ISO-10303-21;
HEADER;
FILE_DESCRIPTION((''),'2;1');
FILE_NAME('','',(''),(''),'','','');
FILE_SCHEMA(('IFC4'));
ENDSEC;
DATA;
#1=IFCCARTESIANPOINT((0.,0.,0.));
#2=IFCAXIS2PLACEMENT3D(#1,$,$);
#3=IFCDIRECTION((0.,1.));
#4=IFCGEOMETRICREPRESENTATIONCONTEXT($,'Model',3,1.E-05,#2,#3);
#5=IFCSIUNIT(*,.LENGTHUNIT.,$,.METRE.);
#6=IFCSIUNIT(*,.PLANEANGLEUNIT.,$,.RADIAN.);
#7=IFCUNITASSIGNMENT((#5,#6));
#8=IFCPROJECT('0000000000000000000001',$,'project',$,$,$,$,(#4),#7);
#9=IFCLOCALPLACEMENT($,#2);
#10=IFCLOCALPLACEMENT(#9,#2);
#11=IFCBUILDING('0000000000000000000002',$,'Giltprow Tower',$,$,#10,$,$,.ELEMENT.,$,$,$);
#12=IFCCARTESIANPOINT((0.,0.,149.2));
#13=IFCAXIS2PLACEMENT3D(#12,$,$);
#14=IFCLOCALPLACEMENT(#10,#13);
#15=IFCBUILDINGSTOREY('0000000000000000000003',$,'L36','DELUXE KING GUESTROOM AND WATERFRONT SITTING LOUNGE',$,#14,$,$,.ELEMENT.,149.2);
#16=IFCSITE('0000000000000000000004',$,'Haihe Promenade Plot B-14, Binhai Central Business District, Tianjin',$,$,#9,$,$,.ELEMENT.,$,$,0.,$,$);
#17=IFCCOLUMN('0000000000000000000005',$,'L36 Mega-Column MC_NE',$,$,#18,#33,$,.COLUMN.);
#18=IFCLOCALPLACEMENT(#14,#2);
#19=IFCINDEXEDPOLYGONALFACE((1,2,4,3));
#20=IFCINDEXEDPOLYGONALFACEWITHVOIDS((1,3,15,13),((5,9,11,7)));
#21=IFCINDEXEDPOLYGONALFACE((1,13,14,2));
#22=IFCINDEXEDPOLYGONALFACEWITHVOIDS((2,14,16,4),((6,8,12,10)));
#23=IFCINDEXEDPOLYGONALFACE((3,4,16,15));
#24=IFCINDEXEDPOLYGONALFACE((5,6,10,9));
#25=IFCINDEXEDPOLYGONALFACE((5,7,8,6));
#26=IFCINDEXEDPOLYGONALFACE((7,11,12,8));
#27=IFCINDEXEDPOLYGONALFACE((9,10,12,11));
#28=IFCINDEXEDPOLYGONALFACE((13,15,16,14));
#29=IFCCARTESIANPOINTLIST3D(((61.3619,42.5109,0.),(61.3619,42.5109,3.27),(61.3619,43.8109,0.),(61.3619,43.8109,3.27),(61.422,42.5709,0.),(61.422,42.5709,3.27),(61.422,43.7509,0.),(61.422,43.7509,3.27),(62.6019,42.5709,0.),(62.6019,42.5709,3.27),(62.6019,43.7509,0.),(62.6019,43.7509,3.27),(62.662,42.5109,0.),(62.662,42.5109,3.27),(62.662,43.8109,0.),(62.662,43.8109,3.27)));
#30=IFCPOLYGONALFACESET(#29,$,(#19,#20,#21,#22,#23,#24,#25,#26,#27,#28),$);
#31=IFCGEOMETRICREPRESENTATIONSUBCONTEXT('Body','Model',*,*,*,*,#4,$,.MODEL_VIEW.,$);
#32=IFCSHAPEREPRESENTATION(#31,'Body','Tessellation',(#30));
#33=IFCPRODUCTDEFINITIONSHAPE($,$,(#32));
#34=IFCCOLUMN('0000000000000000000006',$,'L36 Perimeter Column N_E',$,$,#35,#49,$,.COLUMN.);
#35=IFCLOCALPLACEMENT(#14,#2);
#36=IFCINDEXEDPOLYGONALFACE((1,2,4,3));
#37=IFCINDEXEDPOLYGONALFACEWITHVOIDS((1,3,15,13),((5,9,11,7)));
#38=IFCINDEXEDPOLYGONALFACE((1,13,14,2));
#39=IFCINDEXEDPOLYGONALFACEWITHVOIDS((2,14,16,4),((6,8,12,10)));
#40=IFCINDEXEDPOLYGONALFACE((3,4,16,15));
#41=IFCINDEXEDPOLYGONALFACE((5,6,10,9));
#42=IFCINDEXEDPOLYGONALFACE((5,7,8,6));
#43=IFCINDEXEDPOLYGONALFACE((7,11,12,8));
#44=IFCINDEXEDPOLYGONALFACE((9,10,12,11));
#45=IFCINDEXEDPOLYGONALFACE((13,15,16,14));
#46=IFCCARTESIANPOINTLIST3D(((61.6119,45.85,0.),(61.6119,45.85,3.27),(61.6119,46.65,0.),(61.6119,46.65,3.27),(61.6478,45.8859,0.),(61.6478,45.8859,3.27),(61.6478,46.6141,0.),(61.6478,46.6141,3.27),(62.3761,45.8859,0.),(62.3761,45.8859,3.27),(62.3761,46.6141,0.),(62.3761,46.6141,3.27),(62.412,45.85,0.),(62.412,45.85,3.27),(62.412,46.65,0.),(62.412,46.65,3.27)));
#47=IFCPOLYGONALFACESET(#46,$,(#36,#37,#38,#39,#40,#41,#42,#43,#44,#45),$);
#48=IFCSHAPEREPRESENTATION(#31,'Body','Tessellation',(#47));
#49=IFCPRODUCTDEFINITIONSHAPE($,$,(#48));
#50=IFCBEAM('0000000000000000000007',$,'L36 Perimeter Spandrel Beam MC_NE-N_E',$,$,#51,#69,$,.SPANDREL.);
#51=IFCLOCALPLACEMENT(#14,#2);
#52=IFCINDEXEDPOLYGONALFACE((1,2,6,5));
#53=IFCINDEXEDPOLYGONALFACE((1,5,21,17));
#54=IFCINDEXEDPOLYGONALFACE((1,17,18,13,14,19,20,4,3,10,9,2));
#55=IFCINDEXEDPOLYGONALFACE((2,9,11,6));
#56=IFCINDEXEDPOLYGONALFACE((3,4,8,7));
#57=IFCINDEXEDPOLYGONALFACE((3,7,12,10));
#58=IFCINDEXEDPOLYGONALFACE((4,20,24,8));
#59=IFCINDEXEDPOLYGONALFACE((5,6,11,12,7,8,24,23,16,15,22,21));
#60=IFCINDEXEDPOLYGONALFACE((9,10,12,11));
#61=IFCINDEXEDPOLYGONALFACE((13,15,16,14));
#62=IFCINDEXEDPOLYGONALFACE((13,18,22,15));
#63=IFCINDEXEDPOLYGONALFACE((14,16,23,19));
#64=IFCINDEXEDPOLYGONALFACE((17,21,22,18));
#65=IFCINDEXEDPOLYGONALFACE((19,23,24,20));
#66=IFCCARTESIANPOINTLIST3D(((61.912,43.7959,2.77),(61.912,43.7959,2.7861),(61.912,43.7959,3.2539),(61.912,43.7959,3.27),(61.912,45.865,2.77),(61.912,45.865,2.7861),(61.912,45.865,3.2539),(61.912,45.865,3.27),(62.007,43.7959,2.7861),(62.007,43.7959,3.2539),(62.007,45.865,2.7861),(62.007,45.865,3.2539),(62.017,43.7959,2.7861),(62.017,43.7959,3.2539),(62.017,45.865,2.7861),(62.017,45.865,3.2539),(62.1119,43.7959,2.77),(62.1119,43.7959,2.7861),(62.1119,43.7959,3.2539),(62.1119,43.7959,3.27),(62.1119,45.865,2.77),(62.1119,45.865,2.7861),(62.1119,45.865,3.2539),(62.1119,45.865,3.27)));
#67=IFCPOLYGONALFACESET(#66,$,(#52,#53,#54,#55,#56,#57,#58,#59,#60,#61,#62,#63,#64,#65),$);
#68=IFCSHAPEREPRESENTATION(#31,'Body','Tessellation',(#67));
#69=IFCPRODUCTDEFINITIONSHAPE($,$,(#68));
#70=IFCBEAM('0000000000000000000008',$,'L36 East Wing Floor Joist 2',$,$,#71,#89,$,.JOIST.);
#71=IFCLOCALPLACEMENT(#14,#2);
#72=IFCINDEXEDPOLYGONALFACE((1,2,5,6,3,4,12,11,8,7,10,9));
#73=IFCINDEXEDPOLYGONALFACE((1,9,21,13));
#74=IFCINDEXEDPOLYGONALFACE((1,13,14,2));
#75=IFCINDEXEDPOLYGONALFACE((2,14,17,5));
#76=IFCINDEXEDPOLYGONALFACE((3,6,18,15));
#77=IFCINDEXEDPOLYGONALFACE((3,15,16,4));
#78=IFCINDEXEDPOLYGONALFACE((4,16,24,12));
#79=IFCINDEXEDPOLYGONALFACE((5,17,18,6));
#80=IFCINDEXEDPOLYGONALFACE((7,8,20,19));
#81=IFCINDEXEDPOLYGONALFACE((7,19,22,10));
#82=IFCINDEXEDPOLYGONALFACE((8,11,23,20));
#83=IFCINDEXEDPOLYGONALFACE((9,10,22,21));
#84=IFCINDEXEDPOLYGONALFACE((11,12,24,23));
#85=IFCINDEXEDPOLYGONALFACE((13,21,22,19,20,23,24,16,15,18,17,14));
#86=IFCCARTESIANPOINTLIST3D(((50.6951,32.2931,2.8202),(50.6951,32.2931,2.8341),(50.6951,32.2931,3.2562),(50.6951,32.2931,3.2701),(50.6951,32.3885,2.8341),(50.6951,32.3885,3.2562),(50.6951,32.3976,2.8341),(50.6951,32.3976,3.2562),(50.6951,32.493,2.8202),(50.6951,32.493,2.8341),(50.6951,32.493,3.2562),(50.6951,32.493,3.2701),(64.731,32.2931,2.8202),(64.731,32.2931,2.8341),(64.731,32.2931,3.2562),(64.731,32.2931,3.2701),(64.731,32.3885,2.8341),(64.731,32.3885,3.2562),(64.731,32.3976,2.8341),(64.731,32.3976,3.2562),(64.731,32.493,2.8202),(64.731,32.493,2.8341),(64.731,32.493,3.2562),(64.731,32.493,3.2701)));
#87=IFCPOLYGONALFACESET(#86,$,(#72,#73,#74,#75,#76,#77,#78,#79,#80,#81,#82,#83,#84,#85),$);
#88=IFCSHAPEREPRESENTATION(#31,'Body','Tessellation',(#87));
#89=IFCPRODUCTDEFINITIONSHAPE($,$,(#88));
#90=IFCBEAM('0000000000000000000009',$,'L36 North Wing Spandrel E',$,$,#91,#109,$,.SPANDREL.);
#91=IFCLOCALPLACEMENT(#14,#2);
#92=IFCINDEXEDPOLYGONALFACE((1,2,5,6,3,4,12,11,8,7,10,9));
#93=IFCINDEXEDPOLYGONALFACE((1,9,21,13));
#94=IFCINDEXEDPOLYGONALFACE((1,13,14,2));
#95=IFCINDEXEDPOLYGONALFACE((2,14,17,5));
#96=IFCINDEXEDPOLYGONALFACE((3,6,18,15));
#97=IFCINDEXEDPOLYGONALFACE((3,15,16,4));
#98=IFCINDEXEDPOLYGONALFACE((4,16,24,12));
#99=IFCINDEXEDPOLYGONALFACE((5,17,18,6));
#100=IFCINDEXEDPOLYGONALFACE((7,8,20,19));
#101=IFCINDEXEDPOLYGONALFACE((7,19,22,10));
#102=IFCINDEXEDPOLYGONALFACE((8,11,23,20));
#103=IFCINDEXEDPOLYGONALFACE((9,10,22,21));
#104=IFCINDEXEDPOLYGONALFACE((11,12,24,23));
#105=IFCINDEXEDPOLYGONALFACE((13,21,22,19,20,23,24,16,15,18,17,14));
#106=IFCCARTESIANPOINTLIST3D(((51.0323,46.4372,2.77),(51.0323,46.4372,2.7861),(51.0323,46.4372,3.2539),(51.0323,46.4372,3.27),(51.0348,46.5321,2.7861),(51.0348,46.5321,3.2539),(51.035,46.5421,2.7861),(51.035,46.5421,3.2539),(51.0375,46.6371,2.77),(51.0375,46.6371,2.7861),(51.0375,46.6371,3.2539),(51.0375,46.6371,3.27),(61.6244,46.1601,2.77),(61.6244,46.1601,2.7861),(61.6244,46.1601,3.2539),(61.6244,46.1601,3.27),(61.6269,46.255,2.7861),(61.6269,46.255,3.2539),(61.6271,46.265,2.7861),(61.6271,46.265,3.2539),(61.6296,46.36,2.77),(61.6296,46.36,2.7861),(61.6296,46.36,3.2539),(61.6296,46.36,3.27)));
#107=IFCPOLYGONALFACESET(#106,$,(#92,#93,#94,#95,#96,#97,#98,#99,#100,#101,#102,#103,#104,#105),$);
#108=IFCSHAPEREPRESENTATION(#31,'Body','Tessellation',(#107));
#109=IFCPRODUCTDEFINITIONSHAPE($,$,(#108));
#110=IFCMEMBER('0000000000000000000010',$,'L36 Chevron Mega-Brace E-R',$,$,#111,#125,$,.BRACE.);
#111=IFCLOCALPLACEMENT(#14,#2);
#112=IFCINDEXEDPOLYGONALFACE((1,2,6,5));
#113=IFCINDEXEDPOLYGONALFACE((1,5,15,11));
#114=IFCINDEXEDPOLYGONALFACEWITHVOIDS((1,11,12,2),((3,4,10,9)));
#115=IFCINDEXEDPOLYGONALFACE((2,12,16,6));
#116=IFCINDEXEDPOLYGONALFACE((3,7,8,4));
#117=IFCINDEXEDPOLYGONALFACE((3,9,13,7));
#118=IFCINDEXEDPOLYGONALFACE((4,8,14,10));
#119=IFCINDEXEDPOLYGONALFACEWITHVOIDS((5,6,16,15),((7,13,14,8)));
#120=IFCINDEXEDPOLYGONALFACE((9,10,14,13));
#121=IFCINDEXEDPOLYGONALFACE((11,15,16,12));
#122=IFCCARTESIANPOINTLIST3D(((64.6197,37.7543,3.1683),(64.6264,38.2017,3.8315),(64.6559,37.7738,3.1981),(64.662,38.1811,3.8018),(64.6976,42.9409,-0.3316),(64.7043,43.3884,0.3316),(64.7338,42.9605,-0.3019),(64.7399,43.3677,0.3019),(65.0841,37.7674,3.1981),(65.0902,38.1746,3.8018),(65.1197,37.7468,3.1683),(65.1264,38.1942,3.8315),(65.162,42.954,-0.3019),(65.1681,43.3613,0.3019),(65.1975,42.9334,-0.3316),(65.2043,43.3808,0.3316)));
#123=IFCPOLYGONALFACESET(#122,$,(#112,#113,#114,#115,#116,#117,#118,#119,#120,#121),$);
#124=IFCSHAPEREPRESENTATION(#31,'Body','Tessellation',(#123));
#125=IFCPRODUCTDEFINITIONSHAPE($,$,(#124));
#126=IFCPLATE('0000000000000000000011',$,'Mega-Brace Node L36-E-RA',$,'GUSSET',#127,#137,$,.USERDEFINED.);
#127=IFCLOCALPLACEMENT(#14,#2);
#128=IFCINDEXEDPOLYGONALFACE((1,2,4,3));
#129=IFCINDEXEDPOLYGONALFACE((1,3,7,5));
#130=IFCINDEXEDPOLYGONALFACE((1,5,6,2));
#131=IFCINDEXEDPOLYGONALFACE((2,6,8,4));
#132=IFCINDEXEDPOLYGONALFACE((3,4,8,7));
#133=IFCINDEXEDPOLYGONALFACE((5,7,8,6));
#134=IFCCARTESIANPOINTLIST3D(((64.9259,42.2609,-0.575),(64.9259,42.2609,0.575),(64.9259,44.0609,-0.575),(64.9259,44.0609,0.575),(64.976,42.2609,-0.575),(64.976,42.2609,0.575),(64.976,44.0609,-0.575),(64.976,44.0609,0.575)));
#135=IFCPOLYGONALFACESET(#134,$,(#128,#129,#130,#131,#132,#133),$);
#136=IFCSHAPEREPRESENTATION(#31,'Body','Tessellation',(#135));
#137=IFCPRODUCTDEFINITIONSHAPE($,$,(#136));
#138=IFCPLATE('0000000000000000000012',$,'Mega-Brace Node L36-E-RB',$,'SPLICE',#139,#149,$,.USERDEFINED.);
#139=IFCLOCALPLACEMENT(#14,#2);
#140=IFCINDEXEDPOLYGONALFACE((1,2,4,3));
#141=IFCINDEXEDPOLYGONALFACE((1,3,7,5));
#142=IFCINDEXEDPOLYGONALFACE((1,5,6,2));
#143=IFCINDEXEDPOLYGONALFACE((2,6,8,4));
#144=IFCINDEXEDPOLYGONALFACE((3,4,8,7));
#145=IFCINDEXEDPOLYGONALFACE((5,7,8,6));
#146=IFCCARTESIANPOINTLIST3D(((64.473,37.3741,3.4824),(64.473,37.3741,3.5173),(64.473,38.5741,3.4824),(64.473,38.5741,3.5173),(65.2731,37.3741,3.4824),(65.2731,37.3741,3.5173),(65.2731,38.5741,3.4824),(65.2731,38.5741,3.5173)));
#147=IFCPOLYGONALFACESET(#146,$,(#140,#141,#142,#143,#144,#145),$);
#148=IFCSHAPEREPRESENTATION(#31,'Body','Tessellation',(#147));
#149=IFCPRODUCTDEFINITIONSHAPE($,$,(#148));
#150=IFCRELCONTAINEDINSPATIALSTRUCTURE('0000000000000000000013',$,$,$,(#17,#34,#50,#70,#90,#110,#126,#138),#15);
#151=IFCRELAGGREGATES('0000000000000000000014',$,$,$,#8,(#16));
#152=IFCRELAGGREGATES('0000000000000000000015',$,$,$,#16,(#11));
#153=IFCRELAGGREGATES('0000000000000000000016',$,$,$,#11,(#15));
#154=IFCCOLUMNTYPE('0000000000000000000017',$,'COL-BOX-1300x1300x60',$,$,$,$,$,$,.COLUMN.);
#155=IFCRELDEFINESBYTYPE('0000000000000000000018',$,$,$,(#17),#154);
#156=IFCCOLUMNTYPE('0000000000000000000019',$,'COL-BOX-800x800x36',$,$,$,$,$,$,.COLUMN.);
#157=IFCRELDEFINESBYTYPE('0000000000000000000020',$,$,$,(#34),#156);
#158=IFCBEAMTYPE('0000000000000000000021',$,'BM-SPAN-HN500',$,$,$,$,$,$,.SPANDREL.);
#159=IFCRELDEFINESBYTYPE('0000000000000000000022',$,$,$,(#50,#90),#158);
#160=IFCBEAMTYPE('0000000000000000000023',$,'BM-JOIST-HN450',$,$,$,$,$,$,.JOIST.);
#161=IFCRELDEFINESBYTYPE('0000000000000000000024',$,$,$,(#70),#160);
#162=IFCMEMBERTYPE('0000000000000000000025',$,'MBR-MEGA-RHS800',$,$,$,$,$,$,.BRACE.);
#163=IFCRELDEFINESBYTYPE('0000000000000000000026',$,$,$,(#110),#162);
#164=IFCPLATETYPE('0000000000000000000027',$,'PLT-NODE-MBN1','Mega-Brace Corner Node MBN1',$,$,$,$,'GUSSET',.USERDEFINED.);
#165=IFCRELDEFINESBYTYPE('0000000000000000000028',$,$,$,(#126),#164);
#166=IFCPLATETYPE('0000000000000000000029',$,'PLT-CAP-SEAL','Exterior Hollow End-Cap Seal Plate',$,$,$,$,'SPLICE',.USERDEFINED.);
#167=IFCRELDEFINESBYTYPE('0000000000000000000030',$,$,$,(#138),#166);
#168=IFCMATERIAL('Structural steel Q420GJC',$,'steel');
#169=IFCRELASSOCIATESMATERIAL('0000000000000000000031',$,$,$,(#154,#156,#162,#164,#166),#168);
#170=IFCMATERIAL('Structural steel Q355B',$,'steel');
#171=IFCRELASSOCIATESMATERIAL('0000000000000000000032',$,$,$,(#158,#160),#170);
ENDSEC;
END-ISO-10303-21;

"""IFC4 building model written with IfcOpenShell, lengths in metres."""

from ifc_helpers import new_model, si_unit, direction, frame, origin, origin_2d, place, context, subcontext, project, spatial, rectangle, hollow_rectangle, i_section, extrude, source, transform, mapped, material, material_profile, profile_set, type_object, element, save


model = new_model("IFC4")

# Units and contexts
model_context = context("Model", 3, precision=1e-05, world=origin(), true_north=direction((0.0, 1.0)))
body_context = subcontext(model_context, "Body", "Model", "MODEL_VIEW")
ifc_project = project(units=[si_unit("LENGTHUNIT", "METRE"), si_unit("PLANEANGLEUNIT", "RADIAN")], contexts=[model_context])

# Site, building, storey
site_placement = place(None, origin())
site = spatial("IfcSite", under=ifc_project, at=site_placement, Name="Haihe Promenade Plot B-14, Binhai Central Business District, Tianjin", CompositionType="ELEMENT", RefElevation=0.0)
building_placement = place(site_placement, origin())
building = spatial("IfcBuilding", under=site, at=building_placement, Name="Giltprow Tower", CompositionType="ELEMENT")
storey_placement = place(building_placement, frame((0.0, 0.0, 149.2)))
storey = spatial("IfcBuildingStorey", under=building, at=storey_placement, Name="L36", Description="DELUXE KING GUESTROOM AND WATERFRONT SITTING LOUNGE", CompositionType="ELEMENT", Elevation=149.2)

# Columns
ifc_material_1 = material(Name="Structural steel Q420GJC", Category="steel")
ifc_material_profile_1 = material_profile(ifc_material_1, hollow_rectangle(XDim=1.3, YDim=1.3, WallThickness=0.0601, at=origin_2d()), Name="BOX 1300x1300x60")
ifc_profile_set_1 = profile_set([ifc_material_profile_1], Name="Structural steel Q420GJC")
column_type_1 = type_object("IfcColumnType", Name="COL-BOX-1300x1300x60", PredefinedType="COLUMN", material=ifc_profile_set_1)
shared_shape_1 = source(origin(), body_context, "Body", "SweptSolid", [
    extrude(hollow_rectangle(XDim=1.3, YDim=1.3, WallThickness=0.0601, at=origin_2d()), origin(), (0.0, 0.0, 1.0), 3.27),
])
column_1_placement = place(storey_placement, frame((62.012, 43.1609, 0.0), z_axis=(0.0, 0.0, 1.0), x_axis=(1.0, 0.0, 0.0)))
element("IfcColumn", 1, at=column_1_placement, inside=storey, type_object=column_type_1, Name="L36 Mega-Column MC_NE", PredefinedType="COLUMN", context=body_context, shape_type="MappedRepresentation", body=[
    mapped(shared_shape_1, transform((0.0, 0.0, 0.0), x_axis=(1.0, 0.0, 0.0), y_axis=(0.0, 1.0, 0.0), z_axis=(0.0, 0.0, 1.0), scale=1.0)),
])
ifc_material_profile_2 = material_profile(ifc_material_1, hollow_rectangle(XDim=0.8, YDim=0.8, WallThickness=0.0359, at=origin_2d()), Name="BOX 800x800x36")
ifc_profile_set_2 = profile_set([ifc_material_profile_2], Name="Structural steel Q420GJC")
column_type_2 = type_object("IfcColumnType", Name="COL-BOX-800x800x36", PredefinedType="COLUMN", material=ifc_profile_set_2)
shared_shape_2 = source(origin(), body_context, "Body", "SweptSolid", [
    extrude(hollow_rectangle(XDim=0.8, YDim=0.8, WallThickness=0.0359, at=origin_2d()), origin(), (0.0, 0.0, 1.0), 3.27),
])
column_2_placement = place(storey_placement, frame((62.012, 46.25, 0.0), z_axis=(0.0, 0.0, 1.0), x_axis=(1.0, 0.0, 0.0)))
element("IfcColumn", 2, at=column_2_placement, inside=storey, type_object=column_type_2, Name="L36 Perimeter Column N_E", PredefinedType="COLUMN", context=body_context, shape_type="MappedRepresentation", body=[
    mapped(shared_shape_2, transform((0.0, 0.0, 0.0), x_axis=(1.0, 0.0, 0.0), y_axis=(0.0, 1.0, 0.0), z_axis=(0.0, 0.0, 1.0), scale=1.0)),
])

# Beams
ifc_material_2 = material(Name="Structural steel Q355B", Category="steel")
ifc_material_profile_3 = material_profile(ifc_material_2, i_section(OverallWidth=0.2, OverallDepth=0.5, WebThickness=0.01, FlangeThickness=0.0161, at=origin_2d()), Name="HN 500x200x10x16")
ifc_profile_set_3 = profile_set([ifc_material_profile_3], Name="Structural steel Q355B")
beam_type_1 = type_object("IfcBeamType", Name="BM-SPAN-HN500", PredefinedType="SPANDREL", material=ifc_profile_set_3)
shared_shape_3 = source(origin(), body_context, "Body", "SweptSolid", [
    extrude(i_section(OverallWidth=0.2, OverallDepth=0.5, WebThickness=0.01, FlangeThickness=0.0161, at=origin_2d()), origin(), (0.0, 0.0, 1.0), 2.0691),
])
beam_1_placement = place(storey_placement, frame((62.012, 43.7959, 3.02), z_axis=(0.0, 1.0, 0.0), x_axis=(-1.0, 0.0, 0.0)))
element("IfcBeam", 3, at=beam_1_placement, inside=storey, type_object=beam_type_1, Name="L36 Perimeter Spandrel Beam MC_NE-N_E", PredefinedType="SPANDREL", context=body_context, shape_type="MappedRepresentation", body=[
    mapped(shared_shape_3, transform((0.0, 0.0, 0.0), x_axis=(1.0, 0.0, 0.0), y_axis=(0.0, 1.0, 0.0), z_axis=(0.0, 0.0, 1.0), scale=1.0)),
])
ifc_material_profile_4 = material_profile(ifc_material_2, i_section(OverallWidth=0.2, OverallDepth=0.45, WebThickness=0.009, FlangeThickness=0.0139, at=origin_2d()), Name="HN 450x200x9x14")
ifc_profile_set_4 = profile_set([ifc_material_profile_4], Name="Structural steel Q355B")
beam_type_2 = type_object("IfcBeamType", Name="BM-JOIST-HN450", PredefinedType="JOIST", material=ifc_profile_set_4)
shared_shape_4 = source(origin(), body_context, "Body", "SweptSolid", [
    extrude(i_section(OverallWidth=0.2, OverallDepth=0.45, WebThickness=0.009, FlangeThickness=0.0139, at=origin_2d()), origin(), (0.0, 0.0, 1.0), 14.0359),
])
beam_2_placement = place(storey_placement, frame((50.6951, 32.3931, 3.0452), z_axis=(1.0, 0.0, 0.0), x_axis=(0.0, 1.0, 0.0)))
element("IfcBeam", 4, at=beam_2_placement, inside=storey, type_object=beam_type_2, Name="L36 East Wing Floor Joist 2", PredefinedType="JOIST", context=body_context, shape_type="MappedRepresentation", body=[
    mapped(shared_shape_4, transform((0.0, 0.0, 0.0), x_axis=(1.0, 0.0, 0.0), y_axis=(0.0, 1.0, 0.0), z_axis=(0.0, 0.0, 1.0), scale=1.0)),
])
shared_shape_5 = source(origin(), body_context, "Body", "SweptSolid", [
    extrude(i_section(OverallWidth=0.2, OverallDepth=0.5, WebThickness=0.01, FlangeThickness=0.0161, at=origin_2d()), origin(), (0.0, 0.0, 1.0), 10.5957),
])
beam_3_placement = place(storey_placement, frame((51.0349, 46.5371, 3.02), z_axis=(0.999658, -0.026152, 0.0), x_axis=(0.026152, 0.999658, 0.0)))
element("IfcBeam", 5, at=beam_3_placement, inside=storey, type_object=beam_type_1, Name="L36 North Wing Spandrel E", PredefinedType="SPANDREL", context=body_context, shape_type="MappedRepresentation", body=[
    mapped(shared_shape_5, transform((0.0, 0.0, 0.0), x_axis=(1.0, 0.0, 0.0), y_axis=(0.0, 1.0, 0.0), z_axis=(0.0, 0.0, 1.0), scale=1.0)),
])

# Member
ifc_material_profile_5 = material_profile(ifc_material_1, hollow_rectangle(XDim=0.5, YDim=0.8, WallThickness=0.0359, at=origin_2d()), Name="RHS 800x500x36")
ifc_profile_set_5 = profile_set([ifc_material_profile_5], Name="Structural steel Q420GJC")
member_type = type_object("IfcMemberType", Name="MBR-MEGA-RHS800", PredefinedType="BRACE", material=ifc_profile_set_5)
shared_shape_6 = source(origin(), body_context, "Body", "SweptSolid", [
    extrude(hollow_rectangle(XDim=0.5, YDim=0.8, WallThickness=0.0359, at=origin_2d()), origin(), (0.0, 0.0, 1.0), 6.2576),
])
member_placement = place(storey_placement, frame((64.9509, 43.1609, 0.0), z_axis=(-0.012446, -0.828864, 0.559312), x_axis=(0.999887, -0.015014, 0.0)))
element("IfcMember", 6, at=member_placement, inside=storey, type_object=member_type, Name="L36 Chevron Mega-Brace E-R", PredefinedType="BRACE", context=body_context, shape_type="MappedRepresentation", body=[
    mapped(shared_shape_6, transform((0.0, 0.0, 0.0), x_axis=(1.0, 0.0, 0.0), y_axis=(0.0, 1.0, 0.0), z_axis=(0.0, 0.0, 1.0), scale=1.0)),
])

# Plates
plate_type_1 = type_object("IfcPlateType", Name="PLT-NODE-MBN1", Description="Mega-Brace Corner Node MBN1", ElementType="GUSSET", PredefinedType="USERDEFINED", material=ifc_material_1)
shared_shape_7 = source(origin(), body_context, "Body", "SweptSolid", [
    extrude(rectangle(XDim=1.8, YDim=0.05, at=origin_2d()), origin(), (0.0, 0.0, 1.0), 1.1499),
])
plate_1_placement = place(storey_placement, frame((64.9509, 43.1609, -0.575), z_axis=(0.0, 0.0, 1.0), x_axis=(0.0, 1.0, 0.0)))
element("IfcPlate", 7, at=plate_1_placement, inside=storey, type_object=plate_type_1, Name="Mega-Brace Node L36-E-RA", ObjectType="GUSSET", PredefinedType="USERDEFINED", context=body_context, shape_type="MappedRepresentation", body=[
    mapped(shared_shape_7, transform((0.0, 0.0, 0.0), x_axis=(1.0, 0.0, 0.0), y_axis=(0.0, 1.0, 0.0), z_axis=(0.0, 0.0, 1.0), scale=1.0)),
])
plate_type_2 = type_object("IfcPlateType", Name="PLT-CAP-SEAL", Description="Exterior Hollow End-Cap Seal Plate", ElementType="SPLICE", PredefinedType="USERDEFINED", material=ifc_material_1)
shared_shape_8 = source(origin(), body_context, "Body", "SweptSolid", [
    extrude(rectangle(XDim=1.2, YDim=0.8, at=origin_2d()), origin(), (0.0, 0.0, 1.0), 0.0349),
])
plate_2_placement = place(storey_placement, frame((64.873, 37.9741, 3.4824), z_axis=(0.0, 0.0, 1.0), x_axis=(0.0, 1.0, 0.0)))
element("IfcPlate", 8, at=plate_2_placement, inside=storey, type_object=plate_type_2, Name="Mega-Brace Node L36-E-RB", ObjectType="SPLICE", PredefinedType="USERDEFINED", context=body_context, shape_type="MappedRepresentation", body=[
    mapped(shared_shape_8, transform((0.0, 0.0, 0.0), x_axis=(1.0, 0.0, 0.0), y_axis=(0.0, 1.0, 0.0), z_axis=(0.0, 0.0, 1.0), scale=1.0)),
])

save(model, "model.ifc")
